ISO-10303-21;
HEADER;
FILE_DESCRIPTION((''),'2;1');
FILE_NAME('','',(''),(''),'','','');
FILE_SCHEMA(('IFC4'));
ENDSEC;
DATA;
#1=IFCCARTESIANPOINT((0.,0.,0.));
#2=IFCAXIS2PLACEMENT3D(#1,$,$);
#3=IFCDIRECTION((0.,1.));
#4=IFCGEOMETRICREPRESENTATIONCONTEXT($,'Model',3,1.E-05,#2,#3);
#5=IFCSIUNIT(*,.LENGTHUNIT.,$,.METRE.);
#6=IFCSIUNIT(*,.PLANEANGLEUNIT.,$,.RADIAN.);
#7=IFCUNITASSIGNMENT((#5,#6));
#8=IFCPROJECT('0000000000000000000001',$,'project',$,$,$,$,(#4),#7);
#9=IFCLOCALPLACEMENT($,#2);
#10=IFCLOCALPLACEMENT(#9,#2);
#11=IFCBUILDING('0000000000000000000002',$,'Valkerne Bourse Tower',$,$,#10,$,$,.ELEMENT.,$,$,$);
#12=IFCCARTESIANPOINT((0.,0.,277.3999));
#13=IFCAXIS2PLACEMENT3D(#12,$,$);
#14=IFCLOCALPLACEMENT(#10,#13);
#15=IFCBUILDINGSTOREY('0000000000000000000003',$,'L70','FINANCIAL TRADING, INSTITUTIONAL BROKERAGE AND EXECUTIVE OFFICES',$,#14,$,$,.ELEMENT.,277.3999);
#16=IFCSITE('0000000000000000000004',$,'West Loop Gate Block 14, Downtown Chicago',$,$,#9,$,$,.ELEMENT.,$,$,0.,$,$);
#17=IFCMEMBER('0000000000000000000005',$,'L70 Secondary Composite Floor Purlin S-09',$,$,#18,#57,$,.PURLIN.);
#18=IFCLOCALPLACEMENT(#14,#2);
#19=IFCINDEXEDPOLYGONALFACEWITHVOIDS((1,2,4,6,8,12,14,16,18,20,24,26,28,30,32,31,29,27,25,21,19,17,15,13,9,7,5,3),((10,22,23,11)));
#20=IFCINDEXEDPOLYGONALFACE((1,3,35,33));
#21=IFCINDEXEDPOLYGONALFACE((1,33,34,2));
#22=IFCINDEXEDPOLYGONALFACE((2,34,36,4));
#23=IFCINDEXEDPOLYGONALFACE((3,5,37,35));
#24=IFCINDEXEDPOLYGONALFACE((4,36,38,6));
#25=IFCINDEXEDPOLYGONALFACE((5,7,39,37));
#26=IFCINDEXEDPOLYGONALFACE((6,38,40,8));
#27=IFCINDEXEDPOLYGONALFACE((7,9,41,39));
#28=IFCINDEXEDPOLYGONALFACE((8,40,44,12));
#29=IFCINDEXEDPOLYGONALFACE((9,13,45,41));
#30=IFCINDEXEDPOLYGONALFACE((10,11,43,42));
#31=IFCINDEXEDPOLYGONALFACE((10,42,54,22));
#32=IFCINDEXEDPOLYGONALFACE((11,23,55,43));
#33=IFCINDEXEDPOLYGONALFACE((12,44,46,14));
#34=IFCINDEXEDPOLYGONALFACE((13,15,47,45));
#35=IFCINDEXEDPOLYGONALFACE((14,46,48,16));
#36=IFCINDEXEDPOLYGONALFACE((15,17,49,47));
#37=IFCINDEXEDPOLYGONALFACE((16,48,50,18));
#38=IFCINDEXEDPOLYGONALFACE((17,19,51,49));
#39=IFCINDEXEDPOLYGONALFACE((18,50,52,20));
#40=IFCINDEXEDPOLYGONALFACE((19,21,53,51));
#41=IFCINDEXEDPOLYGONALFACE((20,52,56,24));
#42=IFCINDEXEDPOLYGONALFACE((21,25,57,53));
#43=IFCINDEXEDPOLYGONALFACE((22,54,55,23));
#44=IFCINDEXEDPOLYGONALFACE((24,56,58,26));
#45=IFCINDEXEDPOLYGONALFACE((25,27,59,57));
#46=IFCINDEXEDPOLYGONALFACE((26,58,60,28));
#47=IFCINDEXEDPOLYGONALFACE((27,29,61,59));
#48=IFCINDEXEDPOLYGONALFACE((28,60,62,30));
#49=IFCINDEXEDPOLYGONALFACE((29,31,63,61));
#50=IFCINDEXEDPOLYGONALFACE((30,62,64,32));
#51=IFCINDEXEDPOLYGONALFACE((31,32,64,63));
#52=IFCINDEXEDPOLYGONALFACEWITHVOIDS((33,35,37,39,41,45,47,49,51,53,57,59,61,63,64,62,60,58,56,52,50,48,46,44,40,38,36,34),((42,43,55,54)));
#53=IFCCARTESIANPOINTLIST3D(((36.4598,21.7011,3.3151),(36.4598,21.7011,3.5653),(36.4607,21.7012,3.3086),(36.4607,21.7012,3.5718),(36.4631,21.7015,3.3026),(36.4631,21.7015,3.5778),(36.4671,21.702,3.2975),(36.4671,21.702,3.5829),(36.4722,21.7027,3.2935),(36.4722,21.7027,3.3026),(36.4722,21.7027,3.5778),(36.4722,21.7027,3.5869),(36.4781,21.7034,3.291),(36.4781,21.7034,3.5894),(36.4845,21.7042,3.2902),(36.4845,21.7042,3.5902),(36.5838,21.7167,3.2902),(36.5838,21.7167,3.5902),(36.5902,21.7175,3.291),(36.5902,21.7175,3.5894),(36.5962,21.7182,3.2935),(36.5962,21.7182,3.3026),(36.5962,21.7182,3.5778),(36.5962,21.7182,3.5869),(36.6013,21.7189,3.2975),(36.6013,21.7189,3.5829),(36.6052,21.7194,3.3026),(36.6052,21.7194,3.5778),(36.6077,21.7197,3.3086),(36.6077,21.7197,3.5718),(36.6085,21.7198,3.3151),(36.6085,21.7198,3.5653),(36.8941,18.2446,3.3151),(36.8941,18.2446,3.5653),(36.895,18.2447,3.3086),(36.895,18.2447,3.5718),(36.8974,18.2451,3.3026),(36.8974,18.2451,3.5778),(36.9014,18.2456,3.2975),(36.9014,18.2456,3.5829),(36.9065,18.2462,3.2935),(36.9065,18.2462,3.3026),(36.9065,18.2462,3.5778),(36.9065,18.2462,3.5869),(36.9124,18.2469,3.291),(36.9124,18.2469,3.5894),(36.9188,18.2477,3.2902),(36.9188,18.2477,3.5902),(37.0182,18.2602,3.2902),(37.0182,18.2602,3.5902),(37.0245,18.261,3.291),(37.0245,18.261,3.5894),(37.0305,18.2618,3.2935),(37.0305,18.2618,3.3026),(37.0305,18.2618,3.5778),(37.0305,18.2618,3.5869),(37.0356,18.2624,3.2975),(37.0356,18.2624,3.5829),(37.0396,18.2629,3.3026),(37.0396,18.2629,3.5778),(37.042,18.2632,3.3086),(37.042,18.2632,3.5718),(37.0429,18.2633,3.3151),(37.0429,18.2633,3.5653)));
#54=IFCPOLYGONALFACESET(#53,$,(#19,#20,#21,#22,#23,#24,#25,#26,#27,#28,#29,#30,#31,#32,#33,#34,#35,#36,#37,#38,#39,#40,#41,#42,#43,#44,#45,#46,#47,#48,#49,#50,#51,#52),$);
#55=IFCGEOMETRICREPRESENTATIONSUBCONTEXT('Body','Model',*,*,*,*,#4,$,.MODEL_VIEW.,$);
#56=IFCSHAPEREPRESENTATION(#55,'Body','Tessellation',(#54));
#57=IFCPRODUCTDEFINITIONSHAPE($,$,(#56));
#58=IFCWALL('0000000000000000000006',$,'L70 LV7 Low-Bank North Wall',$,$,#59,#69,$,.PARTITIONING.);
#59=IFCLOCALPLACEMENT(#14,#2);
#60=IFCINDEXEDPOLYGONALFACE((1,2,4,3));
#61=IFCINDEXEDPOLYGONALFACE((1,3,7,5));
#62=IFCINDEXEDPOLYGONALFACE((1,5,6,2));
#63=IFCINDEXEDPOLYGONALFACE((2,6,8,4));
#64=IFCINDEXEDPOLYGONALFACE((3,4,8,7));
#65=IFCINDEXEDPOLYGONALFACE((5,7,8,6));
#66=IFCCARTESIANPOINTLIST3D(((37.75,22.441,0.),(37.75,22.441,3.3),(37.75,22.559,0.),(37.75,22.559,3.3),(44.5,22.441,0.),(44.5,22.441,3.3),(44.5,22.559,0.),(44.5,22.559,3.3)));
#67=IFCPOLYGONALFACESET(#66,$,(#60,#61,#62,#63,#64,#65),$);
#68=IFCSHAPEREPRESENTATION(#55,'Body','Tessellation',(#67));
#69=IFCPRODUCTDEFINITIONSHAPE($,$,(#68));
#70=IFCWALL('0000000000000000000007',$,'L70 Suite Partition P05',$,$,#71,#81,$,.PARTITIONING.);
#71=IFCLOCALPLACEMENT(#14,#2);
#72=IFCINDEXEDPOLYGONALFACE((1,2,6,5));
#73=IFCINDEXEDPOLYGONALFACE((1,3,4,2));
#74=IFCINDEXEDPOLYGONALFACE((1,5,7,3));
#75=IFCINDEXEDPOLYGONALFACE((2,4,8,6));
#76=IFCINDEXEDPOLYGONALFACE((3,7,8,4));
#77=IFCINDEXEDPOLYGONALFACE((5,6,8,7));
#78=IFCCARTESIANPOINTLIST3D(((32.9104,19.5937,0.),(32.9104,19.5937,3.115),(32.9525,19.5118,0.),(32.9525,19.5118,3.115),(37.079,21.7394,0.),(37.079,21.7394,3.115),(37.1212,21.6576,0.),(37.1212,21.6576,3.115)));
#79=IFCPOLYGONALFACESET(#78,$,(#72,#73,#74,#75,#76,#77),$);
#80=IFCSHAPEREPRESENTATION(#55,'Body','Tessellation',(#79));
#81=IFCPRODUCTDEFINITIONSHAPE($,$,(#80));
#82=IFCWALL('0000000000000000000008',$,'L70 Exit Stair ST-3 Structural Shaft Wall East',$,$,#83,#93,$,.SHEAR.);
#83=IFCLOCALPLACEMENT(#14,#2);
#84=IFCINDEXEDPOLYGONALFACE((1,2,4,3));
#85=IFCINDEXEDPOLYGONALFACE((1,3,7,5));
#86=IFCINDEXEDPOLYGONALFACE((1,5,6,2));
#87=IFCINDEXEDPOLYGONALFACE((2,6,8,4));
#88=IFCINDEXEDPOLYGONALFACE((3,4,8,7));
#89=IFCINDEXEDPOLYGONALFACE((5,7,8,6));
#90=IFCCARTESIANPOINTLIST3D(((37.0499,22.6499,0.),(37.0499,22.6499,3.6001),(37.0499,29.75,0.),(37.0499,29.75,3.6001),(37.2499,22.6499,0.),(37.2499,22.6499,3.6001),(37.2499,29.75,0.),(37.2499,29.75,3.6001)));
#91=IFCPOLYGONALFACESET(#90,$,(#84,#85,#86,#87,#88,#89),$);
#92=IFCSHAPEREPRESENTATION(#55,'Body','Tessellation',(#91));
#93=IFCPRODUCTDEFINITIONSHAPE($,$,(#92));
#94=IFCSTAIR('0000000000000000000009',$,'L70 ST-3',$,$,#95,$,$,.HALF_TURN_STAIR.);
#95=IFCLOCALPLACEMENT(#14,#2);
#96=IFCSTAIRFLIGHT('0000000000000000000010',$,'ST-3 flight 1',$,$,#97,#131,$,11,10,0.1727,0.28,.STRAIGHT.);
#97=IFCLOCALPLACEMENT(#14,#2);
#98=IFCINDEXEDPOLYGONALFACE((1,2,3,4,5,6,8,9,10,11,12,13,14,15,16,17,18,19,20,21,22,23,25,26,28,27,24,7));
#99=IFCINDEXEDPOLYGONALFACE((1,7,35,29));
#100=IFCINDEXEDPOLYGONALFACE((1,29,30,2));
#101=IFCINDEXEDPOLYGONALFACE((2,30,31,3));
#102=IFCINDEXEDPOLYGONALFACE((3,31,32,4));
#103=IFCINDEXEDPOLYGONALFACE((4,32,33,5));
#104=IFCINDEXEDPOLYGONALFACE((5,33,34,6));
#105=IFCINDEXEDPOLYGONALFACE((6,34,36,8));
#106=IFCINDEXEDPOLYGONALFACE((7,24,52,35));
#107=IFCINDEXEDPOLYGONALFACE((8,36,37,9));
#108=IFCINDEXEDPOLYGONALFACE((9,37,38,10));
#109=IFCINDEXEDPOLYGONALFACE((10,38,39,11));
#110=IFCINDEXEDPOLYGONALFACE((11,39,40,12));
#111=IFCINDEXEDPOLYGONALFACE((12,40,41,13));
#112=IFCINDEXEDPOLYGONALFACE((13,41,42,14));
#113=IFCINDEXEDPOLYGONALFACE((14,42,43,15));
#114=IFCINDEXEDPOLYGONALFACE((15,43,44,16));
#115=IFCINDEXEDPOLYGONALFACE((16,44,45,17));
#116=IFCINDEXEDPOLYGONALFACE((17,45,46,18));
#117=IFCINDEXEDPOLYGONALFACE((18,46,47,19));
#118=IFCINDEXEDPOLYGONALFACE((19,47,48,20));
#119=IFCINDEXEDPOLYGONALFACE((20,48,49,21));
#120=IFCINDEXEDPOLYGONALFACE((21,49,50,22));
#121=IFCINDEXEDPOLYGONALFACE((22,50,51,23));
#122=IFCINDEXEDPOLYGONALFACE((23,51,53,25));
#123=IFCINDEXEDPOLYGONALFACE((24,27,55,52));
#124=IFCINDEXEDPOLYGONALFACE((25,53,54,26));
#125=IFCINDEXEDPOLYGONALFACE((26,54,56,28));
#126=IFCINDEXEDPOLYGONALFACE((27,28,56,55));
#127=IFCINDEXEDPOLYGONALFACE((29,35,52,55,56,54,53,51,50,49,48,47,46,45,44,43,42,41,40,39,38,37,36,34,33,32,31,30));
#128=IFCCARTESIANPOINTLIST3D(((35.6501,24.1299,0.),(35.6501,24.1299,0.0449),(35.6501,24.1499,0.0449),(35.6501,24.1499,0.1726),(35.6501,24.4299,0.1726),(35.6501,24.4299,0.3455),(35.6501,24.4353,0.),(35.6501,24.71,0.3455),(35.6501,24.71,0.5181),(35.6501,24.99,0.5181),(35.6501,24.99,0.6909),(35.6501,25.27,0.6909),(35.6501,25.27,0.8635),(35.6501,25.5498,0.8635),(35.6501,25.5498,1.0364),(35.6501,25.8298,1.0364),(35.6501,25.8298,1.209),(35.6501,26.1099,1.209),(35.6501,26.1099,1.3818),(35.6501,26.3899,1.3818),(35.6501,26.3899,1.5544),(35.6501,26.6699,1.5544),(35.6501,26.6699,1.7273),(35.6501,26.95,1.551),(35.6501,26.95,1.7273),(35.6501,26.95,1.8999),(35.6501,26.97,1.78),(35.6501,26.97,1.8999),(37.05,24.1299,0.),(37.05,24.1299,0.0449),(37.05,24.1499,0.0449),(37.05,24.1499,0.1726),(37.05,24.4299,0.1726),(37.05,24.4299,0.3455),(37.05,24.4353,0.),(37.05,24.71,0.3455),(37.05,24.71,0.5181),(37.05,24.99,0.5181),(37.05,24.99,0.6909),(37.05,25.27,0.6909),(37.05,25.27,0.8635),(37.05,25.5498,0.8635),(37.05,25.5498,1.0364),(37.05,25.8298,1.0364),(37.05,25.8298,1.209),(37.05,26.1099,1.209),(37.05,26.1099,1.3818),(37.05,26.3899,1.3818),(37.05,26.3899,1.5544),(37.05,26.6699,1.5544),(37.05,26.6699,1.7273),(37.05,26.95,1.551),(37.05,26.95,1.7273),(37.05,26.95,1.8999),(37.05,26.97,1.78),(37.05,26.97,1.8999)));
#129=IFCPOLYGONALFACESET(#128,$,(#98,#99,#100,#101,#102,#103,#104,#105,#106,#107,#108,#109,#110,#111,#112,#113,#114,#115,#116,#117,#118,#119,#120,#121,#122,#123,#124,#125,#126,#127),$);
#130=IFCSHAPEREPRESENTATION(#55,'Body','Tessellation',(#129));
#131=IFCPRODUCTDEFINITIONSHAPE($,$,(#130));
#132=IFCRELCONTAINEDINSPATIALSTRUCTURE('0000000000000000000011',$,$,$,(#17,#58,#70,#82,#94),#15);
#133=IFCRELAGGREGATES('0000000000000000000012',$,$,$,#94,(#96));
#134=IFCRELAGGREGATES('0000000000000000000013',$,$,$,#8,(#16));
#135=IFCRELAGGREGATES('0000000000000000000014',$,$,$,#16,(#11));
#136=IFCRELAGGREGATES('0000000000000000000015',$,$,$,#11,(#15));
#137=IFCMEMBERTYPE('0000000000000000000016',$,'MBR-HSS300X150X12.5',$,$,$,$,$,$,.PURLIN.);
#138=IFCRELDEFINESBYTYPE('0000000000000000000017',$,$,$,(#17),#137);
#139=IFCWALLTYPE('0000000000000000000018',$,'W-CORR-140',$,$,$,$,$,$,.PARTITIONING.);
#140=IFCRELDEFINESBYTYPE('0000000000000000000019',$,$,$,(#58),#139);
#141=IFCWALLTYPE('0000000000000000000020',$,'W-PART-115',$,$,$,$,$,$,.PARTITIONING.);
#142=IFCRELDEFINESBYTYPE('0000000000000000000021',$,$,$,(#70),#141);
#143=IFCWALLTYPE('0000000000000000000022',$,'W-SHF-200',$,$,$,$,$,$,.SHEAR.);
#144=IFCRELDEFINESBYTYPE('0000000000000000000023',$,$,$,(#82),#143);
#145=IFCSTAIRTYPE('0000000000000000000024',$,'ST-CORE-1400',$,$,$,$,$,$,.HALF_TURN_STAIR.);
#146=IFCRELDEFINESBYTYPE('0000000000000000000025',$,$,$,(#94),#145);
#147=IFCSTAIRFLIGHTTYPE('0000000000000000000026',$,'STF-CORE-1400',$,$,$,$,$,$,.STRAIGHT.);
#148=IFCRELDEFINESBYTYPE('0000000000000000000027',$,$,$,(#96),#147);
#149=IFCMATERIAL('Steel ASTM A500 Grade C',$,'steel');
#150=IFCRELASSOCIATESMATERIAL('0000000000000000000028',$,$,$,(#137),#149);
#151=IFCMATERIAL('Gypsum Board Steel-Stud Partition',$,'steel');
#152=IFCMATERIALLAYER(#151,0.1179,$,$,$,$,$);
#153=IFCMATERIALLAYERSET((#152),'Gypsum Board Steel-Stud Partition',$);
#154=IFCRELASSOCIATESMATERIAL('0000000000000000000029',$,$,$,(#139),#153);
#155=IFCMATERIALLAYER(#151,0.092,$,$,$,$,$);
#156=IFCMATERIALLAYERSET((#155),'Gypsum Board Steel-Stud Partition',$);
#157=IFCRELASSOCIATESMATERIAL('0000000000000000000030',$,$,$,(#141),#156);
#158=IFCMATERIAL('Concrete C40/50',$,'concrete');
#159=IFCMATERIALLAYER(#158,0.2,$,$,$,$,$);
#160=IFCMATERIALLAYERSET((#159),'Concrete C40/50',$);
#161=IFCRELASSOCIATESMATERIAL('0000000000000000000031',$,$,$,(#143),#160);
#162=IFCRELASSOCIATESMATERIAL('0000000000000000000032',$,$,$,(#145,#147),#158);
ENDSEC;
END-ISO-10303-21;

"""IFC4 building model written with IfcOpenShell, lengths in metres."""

from ifc_helpers import new_model, si_unit, direction, frame, frame_2d, origin, origin_2d, place, context, subcontext, project, spatial, polyline, rectangle, hollow_rectangle, outline, extrude, material, layer, layer_set, material_profile, profile_set, type_object, element, aggregate, save


model = new_model("IFC4")

# Units and contexts
model_context = context("Model", 3, precision=1e-05, world=origin(), true_north=direction((0.0, 1.0)))
body_context = subcontext(model_context, "Body", "Model", "MODEL_VIEW")
ifc_project = project(units=[si_unit("LENGTHUNIT", "METRE"), si_unit("PLANEANGLEUNIT", "RADIAN")], contexts=[model_context])

# Site, building, storey
site_placement = place(None, origin())
site = spatial("IfcSite", under=ifc_project, at=site_placement, Name="West Loop Gate Block 14, Downtown Chicago", CompositionType="ELEMENT", RefElevation=0.0)
building_placement = place(site_placement, origin())
building = spatial("IfcBuilding", under=site, at=building_placement, Name="Valkerne Bourse Tower", CompositionType="ELEMENT")
storey_placement = place(building_placement, frame((0.0, 0.0, 277.3999)))
storey = spatial("IfcBuildingStorey", under=building, at=storey_placement, Name="L70", Description="FINANCIAL TRADING, INSTITUTIONAL BROKERAGE AND EXECUTIVE OFFICES", CompositionType="ELEMENT", Elevation=277.3999)

# Shared definitions
ifc_material_1 = material(Name="Steel ASTM A500 Grade C", Category="steel")

# Member
ifc_material_profile_1 = material_profile(ifc_material_1, hollow_rectangle(XDim=0.1499, YDim=0.3, WallThickness=0.0125, OuterFilletRadius=0.0249, at=origin_2d()), Name="HSS300X150X12.5")
ifc_profile_set_1 = profile_set([ifc_material_profile_1], Name="Steel ASTM A500 Grade C")
member_type = type_object("IfcMemberType", Name="MBR-HSS300X150X12.5", PredefinedType="PURLIN", material=ifc_profile_set_1)
member_placement = place(storey_placement, frame((36.5342, 21.7104, 3.4402), z_axis=(0.124673, -0.992198, 0.0), x_axis=(0.992198, 0.124673, 0.0)))
element("IfcMember", 1, at=member_placement, inside=storey, type_object=member_type, Name="L70 Secondary Composite Floor Purlin S-09", PredefinedType="PURLIN", context=body_context, shape_type="SweptSolid", body=[
    extrude(hollow_rectangle(XDim=0.1499, YDim=0.3, WallThickness=0.0125, OuterFilletRadius=0.0249, at=origin_2d()), origin(), (0.0, 0.0, 1.0), 3.4836),
])

# Wall
ifc_material_2 = material(Name="Gypsum Board Steel-Stud Partition", Category="steel")
ifc_layer_1 = layer(ifc_material_2, 0.1179)
ifc_layer_set_1 = layer_set([ifc_layer_1], Name="Gypsum Board Steel-Stud Partition")
wall_type_1 = type_object("IfcWallType", Name="W-CORR-140", PredefinedType="PARTITIONING", material=ifc_layer_set_1)
wall_1_placement = place(storey_placement, frame((37.75, 22.5, 0.0), z_axis=(0.0, 0.0, 1.0), x_axis=(1.0, 0.0, 0.0)))
element("IfcWall", 2, at=wall_1_placement, inside=storey, type_object=wall_type_1, Name="L70 LV7 Low-Bank North Wall", PredefinedType="PARTITIONING", context=body_context, shape_type="SweptSolid", body=[
    extrude(rectangle(XDim=6.75, YDim=0.1179, at=frame_2d((3.375, 0.0))), origin(), (0.0, 0.0, 1.0), 3.3),
])

# Walls
ifc_layer_2 = layer(ifc_material_2, 0.092)
ifc_layer_set_2 = layer_set([ifc_layer_2], Name="Gypsum Board Steel-Stud Partition")
wall_type_2 = type_object("IfcWallType", Name="W-PART-115", PredefinedType="PARTITIONING", material=ifc_layer_set_2)
wall_2_placement = place(storey_placement, frame((37.1001, 21.6985, 0.0), z_axis=(0.0, 0.0, 1.0), x_axis=(-0.889127, -0.45766, 0.0)))
element("IfcWall", 3, at=wall_2_placement, inside=storey, type_object=wall_type_2, Name="L70 Suite Partition P05", PredefinedType="PARTITIONING", context=body_context, shape_type="SweptSolid", body=[
    extrude(rectangle(XDim=4.6885, YDim=0.092, at=frame_2d((2.3442, 0.0))), origin(), (0.0, 0.0, 1.0), 3.115),
])
ifc_material_3 = material(Name="Concrete C40/50", Category="concrete")
ifc_layer_3 = layer(ifc_material_3, 0.2)
ifc_layer_set_3 = layer_set([ifc_layer_3], Name="Concrete C40/50")
wall_type_3 = type_object("IfcWallType", Name="W-SHF-200", PredefinedType="SHEAR", material=ifc_layer_set_3)
wall_3_placement = place(storey_placement, frame((37.1499, 22.6499, 0.0), z_axis=(0.0, 0.0, 1.0), x_axis=(0.0, 1.0, 0.0)))
element("IfcWall", 4, at=wall_3_placement, inside=storey, type_object=wall_type_3, Name="L70 Exit Stair ST-3 Structural Shaft Wall East", PredefinedType="SHEAR", context=body_context, shape_type="SweptSolid", body=[
    extrude(rectangle(XDim=7.1001, YDim=0.2, at=frame_2d((3.55, 0.0))), origin(), (0.0, 0.0, 1.0), 3.6001),
])

# Stair, stair flight
stair_type = type_object("IfcStairType", Name="ST-CORE-1400", PredefinedType="HALF_TURN_STAIR", material=ifc_material_3)
stair_placement = place(storey_placement, origin())
stair = element("IfcStair", 5, at=stair_placement, inside=storey, type_object=stair_type, Name="L70 ST-3", PredefinedType="HALF_TURN_STAIR")
stair_flight_type = type_object("IfcStairFlightType", Name="STF-CORE-1400", PredefinedType="STRAIGHT", material=ifc_material_3)
stair_flight_placement = place(storey_placement, frame((36.3501, 24.1499, 0.0), z_axis=(0.0, 0.0, 1.0), x_axis=(0.0, 1.0, 0.0)))
stair_flight = element("IfcStairFlight", 6, at=stair_flight_placement, type_object=stair_flight_type, Name="ST-3 flight 1", NumberOfRisers=11, NumberOfTreads=10, PredefinedType="STRAIGHT", RiserHeight=0.1727, TreadLength=0.28, context=body_context, shape_type="SweptSolid", body=[
    extrude(outline(polyline([(-0.02, 0.0), (-0.02, 0.0449), (0.0, 0.0449), (0.0, 0.1726), (0.28, 0.1726), (0.28, 0.3455), (0.5601, 0.3455), (0.5601, 0.5181), (0.8401, 0.5181), (0.8401, 0.6909), (1.1201, 0.6909), (1.1201, 0.8635), (1.3999, 0.8635), (1.3999, 1.0364), (1.6799, 1.0364), (1.6799, 1.209), (1.96, 1.209), (1.96, 1.3818), (2.24, 1.3818), (2.24, 1.5544), (2.52, 1.5544), (2.52, 1.7273), (2.8, 1.7273), (2.8, 1.8999), (2.8201, 1.8999), (2.8201, 1.78), (2.8, 1.551), (0.2854, 0.0), (-0.02, 0.0)])), frame((0.0, 0.7, 0.0), z_axis=(0.0, -1.0, 0.0), x_axis=(1.0, 0.0, 0.0)), (0.0, 0.0, 1.0), 1.3999),
])
aggregate(stair, [stair_flight])

save(model, "model.ifc")
